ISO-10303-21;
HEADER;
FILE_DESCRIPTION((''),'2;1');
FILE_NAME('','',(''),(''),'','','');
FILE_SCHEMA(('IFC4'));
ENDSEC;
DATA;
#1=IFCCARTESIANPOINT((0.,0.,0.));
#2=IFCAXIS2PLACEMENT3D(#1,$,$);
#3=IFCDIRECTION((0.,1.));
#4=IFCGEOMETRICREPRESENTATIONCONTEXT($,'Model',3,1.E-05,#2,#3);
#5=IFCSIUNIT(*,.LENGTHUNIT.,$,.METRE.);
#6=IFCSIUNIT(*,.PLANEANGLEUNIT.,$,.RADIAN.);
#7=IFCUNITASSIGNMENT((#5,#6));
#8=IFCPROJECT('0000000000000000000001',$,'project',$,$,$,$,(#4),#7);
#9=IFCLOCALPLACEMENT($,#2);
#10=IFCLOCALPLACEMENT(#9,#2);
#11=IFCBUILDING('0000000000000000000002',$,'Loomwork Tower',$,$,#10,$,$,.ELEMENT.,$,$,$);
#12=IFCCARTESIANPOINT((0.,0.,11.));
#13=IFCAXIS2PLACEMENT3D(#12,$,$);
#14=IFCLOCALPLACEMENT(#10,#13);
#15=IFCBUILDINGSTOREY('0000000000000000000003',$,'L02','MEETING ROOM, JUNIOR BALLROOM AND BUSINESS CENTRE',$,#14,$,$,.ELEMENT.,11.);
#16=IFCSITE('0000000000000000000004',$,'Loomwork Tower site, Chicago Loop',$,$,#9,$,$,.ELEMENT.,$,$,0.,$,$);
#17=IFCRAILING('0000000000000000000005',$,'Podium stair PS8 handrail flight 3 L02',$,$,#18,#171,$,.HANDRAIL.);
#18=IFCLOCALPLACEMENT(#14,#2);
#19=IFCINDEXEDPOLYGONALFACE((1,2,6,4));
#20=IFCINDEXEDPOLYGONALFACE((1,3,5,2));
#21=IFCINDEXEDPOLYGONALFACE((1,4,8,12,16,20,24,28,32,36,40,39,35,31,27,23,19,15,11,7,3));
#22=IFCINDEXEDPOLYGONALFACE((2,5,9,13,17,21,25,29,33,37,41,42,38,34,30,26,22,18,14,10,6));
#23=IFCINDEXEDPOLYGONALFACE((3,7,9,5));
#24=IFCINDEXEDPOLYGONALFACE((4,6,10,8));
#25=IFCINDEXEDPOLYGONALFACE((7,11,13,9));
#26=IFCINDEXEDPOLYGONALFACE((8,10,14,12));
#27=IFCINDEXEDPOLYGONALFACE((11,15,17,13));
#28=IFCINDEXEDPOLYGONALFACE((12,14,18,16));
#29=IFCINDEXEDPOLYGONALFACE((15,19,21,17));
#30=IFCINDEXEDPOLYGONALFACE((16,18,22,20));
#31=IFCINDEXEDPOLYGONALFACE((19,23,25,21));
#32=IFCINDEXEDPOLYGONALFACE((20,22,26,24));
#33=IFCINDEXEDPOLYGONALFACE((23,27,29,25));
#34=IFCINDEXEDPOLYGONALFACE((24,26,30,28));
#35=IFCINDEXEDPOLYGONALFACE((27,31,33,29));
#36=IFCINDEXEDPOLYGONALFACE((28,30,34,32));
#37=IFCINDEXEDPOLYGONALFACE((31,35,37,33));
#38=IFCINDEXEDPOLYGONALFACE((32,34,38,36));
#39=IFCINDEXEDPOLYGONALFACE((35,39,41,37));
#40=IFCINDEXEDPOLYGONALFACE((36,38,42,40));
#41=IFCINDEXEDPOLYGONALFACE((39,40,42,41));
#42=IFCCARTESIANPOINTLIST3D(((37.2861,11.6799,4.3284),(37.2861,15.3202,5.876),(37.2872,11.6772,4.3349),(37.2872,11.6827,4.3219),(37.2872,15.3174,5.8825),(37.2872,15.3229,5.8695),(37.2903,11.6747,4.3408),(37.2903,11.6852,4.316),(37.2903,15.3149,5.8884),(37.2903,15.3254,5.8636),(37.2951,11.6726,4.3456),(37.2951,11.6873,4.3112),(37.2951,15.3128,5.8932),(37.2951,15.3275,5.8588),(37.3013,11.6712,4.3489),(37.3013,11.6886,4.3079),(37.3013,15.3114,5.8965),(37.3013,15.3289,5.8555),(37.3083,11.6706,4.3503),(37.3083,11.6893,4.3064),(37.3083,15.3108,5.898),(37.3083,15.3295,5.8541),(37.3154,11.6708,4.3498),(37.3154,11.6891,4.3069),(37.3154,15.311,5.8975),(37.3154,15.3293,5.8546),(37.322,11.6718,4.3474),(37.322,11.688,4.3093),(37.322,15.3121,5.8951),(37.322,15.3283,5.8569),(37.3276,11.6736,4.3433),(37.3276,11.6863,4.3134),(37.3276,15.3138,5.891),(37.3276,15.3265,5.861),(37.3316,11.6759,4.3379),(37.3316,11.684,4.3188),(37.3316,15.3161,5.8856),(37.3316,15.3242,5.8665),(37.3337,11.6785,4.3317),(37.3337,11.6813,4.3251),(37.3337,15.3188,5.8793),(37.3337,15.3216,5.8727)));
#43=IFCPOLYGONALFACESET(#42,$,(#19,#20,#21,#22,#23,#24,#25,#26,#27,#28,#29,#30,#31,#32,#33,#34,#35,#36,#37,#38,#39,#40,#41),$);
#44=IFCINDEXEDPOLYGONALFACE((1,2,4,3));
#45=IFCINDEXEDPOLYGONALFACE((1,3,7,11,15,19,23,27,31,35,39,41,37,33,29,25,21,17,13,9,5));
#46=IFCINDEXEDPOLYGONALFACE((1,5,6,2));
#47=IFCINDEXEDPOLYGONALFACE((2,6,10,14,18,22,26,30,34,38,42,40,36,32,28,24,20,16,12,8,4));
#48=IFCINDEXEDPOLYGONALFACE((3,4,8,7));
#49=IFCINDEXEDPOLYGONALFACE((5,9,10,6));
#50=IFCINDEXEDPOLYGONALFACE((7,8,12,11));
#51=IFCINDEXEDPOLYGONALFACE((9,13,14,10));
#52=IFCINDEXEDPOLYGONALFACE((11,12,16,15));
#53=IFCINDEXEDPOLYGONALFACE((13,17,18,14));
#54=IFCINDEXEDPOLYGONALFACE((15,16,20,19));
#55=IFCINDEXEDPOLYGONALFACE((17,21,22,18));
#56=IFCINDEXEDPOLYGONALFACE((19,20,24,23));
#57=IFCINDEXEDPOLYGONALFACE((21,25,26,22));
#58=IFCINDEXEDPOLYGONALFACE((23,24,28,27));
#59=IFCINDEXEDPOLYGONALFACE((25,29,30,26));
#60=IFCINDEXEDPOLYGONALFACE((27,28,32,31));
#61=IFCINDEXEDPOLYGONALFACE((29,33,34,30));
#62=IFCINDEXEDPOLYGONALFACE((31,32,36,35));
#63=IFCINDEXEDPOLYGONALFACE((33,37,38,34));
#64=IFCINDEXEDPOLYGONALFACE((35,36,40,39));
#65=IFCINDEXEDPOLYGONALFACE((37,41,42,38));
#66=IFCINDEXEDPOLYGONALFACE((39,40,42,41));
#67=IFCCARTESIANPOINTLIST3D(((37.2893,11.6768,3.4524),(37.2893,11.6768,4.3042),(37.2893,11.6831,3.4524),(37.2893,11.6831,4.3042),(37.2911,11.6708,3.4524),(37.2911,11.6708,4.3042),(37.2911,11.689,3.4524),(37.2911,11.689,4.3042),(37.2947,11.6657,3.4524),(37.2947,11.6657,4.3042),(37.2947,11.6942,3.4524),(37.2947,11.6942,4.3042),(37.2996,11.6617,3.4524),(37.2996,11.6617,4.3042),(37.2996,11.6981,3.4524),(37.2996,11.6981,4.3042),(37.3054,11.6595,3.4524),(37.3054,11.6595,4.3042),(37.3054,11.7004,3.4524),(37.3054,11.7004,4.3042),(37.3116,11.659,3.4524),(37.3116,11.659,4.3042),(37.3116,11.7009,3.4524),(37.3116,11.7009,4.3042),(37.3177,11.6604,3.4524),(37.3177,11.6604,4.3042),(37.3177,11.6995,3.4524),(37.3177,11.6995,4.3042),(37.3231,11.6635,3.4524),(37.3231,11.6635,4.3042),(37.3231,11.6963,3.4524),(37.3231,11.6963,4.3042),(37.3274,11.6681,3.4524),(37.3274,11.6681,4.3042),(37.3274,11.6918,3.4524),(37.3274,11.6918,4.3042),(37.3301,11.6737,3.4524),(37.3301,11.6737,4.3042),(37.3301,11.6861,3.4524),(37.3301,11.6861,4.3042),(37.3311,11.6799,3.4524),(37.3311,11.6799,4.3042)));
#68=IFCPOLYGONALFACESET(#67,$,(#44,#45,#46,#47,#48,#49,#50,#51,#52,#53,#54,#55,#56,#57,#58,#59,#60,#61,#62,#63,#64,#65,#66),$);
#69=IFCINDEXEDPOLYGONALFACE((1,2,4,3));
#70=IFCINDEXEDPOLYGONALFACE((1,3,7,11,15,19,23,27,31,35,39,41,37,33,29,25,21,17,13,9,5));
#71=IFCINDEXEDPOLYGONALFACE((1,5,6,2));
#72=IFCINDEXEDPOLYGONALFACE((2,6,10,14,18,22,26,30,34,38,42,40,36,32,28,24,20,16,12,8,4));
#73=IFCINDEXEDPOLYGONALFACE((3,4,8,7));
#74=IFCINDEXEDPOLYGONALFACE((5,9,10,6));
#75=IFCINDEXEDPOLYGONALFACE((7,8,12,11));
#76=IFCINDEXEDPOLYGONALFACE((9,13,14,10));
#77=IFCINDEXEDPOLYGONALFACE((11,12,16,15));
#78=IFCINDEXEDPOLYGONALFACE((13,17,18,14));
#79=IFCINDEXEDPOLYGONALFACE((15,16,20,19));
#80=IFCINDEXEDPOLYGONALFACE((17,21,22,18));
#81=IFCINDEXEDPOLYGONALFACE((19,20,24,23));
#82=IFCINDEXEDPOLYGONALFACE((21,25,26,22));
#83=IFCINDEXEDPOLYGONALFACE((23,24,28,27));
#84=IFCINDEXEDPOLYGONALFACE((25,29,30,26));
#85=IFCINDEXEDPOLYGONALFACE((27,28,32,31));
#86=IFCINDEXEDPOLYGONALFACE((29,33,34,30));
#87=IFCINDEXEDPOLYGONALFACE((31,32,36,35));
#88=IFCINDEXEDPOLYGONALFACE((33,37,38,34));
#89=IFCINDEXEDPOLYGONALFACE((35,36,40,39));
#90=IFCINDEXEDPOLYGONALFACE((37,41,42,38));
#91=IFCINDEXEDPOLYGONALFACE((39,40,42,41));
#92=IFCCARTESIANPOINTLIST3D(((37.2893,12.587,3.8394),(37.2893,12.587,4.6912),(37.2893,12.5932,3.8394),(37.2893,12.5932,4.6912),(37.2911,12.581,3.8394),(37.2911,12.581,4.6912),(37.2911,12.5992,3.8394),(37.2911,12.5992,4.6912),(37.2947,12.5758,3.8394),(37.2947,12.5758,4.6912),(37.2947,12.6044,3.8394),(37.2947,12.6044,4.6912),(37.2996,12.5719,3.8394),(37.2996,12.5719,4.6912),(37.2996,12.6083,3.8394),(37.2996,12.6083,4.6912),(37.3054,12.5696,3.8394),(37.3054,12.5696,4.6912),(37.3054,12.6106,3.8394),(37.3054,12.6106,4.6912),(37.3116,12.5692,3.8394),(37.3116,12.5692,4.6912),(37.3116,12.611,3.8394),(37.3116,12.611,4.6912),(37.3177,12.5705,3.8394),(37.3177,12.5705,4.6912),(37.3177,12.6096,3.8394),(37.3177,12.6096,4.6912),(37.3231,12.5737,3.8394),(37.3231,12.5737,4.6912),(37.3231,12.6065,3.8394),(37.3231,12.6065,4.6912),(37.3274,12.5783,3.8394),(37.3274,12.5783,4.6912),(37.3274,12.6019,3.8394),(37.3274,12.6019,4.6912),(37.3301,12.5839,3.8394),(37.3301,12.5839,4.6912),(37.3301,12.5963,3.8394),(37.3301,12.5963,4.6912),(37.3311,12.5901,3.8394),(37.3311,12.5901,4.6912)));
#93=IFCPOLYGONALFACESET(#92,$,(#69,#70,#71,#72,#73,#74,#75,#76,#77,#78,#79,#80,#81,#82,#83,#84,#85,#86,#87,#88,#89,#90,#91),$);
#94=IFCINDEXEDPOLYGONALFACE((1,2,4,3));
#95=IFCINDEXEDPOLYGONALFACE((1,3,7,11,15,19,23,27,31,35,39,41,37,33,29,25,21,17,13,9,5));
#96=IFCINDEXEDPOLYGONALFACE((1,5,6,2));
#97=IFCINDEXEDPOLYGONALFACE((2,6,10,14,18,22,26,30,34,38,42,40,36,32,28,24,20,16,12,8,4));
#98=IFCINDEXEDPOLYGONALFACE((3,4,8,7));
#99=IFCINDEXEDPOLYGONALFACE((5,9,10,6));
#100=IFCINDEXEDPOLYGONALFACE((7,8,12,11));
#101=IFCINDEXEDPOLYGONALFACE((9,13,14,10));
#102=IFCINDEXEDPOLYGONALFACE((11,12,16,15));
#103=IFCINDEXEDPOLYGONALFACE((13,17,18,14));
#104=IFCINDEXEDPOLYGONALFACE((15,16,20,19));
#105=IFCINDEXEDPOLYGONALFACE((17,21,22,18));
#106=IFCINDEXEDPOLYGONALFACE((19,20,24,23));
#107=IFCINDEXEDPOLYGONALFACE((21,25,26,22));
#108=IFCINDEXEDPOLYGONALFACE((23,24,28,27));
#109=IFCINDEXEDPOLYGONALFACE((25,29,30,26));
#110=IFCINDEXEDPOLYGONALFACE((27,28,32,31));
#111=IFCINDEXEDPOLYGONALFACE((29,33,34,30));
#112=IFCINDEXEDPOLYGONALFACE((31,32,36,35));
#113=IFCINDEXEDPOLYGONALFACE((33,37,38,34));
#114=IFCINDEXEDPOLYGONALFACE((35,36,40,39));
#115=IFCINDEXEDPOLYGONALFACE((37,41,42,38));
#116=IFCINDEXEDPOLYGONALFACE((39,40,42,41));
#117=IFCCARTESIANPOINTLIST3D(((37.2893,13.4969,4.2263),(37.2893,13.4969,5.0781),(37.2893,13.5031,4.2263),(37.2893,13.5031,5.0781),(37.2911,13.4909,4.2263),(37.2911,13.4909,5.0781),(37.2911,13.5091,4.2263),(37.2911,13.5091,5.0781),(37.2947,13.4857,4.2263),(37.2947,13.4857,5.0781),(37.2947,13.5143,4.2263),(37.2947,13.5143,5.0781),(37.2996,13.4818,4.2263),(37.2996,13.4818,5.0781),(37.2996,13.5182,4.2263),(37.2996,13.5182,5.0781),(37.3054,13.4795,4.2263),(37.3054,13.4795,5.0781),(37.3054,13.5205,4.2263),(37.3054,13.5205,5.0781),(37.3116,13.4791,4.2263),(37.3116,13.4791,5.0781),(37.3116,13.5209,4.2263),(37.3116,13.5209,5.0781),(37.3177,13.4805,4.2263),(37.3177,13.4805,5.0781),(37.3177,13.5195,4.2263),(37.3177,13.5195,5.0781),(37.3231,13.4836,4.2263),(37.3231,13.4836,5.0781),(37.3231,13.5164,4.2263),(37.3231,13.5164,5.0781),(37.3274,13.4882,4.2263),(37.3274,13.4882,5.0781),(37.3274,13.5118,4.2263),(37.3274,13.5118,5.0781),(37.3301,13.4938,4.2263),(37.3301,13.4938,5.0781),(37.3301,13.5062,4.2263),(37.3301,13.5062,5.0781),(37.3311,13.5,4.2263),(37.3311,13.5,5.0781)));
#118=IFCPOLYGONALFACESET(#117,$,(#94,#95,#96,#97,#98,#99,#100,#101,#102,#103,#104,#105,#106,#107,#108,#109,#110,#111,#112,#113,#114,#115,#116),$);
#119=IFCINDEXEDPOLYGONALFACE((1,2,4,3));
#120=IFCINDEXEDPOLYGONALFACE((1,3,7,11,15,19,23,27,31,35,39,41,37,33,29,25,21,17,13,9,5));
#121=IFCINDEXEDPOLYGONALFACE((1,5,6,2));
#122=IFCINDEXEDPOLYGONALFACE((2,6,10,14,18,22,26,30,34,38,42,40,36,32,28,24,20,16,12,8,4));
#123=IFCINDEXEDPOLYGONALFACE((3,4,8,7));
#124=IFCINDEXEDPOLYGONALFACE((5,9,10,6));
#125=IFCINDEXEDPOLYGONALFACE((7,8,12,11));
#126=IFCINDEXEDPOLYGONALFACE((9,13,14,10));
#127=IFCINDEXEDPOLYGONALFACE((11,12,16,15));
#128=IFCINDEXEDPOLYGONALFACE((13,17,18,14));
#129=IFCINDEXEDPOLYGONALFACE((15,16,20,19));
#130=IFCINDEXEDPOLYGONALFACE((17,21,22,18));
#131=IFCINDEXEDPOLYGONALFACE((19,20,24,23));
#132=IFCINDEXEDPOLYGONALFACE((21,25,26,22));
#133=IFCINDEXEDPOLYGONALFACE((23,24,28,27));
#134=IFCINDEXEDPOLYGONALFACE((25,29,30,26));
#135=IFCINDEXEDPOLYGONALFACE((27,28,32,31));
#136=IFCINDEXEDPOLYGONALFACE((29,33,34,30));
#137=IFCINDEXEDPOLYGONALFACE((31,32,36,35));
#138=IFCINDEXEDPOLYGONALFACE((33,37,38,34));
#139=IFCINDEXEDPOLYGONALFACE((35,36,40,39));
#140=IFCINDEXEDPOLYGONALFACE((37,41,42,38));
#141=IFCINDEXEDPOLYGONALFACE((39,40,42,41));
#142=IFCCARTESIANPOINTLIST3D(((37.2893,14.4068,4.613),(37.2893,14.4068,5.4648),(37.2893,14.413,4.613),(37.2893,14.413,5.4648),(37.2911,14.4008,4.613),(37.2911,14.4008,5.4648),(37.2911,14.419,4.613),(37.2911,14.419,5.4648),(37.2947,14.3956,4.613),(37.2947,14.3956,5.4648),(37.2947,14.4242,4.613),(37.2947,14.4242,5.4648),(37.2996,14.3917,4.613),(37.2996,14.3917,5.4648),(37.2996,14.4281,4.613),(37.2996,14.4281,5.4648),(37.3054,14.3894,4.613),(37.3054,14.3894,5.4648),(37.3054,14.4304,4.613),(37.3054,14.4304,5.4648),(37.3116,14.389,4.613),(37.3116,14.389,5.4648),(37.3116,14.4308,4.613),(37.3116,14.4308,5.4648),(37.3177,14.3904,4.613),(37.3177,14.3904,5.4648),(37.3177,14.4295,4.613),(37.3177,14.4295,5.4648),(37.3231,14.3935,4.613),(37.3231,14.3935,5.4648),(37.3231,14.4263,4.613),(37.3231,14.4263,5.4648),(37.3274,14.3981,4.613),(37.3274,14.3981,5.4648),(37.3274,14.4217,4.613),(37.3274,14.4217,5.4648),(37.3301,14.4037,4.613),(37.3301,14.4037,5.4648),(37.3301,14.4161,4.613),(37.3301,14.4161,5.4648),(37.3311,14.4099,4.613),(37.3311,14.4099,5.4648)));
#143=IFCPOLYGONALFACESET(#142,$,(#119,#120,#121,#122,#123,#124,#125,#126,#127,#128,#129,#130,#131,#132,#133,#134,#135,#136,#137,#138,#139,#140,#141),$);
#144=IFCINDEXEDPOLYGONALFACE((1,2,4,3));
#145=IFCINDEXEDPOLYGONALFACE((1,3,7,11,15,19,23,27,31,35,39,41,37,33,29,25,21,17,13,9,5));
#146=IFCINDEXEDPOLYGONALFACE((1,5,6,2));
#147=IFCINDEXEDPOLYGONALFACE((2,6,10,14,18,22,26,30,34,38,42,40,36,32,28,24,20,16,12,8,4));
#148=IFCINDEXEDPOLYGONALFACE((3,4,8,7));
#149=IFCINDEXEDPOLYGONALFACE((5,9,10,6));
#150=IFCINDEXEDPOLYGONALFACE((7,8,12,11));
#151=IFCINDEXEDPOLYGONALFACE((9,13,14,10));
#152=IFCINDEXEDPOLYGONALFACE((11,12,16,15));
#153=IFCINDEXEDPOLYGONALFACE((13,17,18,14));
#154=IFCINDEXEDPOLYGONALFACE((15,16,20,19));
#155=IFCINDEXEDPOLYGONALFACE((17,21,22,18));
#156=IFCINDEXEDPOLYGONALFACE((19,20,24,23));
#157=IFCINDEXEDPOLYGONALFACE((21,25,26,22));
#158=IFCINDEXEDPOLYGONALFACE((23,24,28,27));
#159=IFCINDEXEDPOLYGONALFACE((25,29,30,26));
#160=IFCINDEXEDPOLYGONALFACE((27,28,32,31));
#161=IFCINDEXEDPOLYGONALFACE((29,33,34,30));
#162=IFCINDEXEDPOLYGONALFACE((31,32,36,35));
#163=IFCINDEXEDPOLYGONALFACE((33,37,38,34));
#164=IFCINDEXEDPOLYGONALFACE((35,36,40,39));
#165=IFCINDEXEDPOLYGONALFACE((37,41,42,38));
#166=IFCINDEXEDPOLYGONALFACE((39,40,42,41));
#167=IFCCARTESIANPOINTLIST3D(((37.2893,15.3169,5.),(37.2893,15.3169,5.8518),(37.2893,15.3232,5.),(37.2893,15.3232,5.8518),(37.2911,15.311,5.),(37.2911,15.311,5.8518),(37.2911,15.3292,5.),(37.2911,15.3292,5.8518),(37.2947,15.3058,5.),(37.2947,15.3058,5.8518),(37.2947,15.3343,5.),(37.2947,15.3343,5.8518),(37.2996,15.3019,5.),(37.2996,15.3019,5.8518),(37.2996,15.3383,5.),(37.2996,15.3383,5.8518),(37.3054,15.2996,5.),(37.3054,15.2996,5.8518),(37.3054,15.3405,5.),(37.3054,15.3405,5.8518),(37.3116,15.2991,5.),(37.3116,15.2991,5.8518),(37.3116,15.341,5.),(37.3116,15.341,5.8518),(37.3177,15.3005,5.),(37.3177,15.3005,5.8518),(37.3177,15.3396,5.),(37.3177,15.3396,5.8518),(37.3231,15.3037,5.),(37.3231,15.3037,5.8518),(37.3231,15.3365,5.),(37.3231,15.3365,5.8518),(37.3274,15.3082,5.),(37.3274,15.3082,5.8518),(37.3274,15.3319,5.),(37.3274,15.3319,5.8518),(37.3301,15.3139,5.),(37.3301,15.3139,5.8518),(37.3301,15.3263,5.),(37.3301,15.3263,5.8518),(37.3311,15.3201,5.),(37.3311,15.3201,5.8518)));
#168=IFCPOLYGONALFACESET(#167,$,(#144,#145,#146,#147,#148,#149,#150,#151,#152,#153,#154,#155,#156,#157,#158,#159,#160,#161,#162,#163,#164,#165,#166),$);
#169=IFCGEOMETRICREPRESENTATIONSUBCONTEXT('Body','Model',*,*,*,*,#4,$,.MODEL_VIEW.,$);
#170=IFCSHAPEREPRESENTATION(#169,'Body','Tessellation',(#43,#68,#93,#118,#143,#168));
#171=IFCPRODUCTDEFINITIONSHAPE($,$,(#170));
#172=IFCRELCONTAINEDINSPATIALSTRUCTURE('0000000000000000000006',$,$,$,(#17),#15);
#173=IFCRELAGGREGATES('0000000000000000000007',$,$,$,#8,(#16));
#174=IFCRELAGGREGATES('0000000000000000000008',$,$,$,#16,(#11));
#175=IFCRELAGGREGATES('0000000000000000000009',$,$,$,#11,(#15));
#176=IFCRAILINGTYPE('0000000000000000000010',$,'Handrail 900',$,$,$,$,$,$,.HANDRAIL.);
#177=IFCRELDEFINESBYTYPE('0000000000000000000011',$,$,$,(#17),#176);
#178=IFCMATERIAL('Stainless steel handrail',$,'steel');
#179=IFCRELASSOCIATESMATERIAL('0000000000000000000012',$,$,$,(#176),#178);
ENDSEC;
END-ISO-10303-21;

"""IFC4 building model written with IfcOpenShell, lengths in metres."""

from ifc_helpers import new_model, si_unit, direction, frame, origin, origin_2d, place, context, subcontext, project, spatial, circle, extrude, material, type_object, element, save


model = new_model("IFC4")

# Units and contexts
model_context = context("Model", 3, precision=1e-05, world=origin(), true_north=direction((0.0, 1.0)))
body_context = subcontext(model_context, "Body", "Model", "MODEL_VIEW")
ifc_project = project(units=[si_unit("LENGTHUNIT", "METRE"), si_unit("PLANEANGLEUNIT", "RADIAN")], contexts=[model_context])

# Site, building, storey
site_placement = place(None, origin())
site = spatial("IfcSite", under=ifc_project, at=site_placement, Name="Loomwork Tower site, Chicago Loop", CompositionType="ELEMENT", RefElevation=0.0)
building_placement = place(site_placement, origin())
building = spatial("IfcBuilding", under=site, at=building_placement, Name="Loomwork Tower", CompositionType="ELEMENT")
storey_placement = place(building_placement, frame((0.0, 0.0, 11.0)))
storey = spatial("IfcBuildingStorey", under=building, at=storey_placement, Name="L02", Description="MEETING ROOM, JUNIOR BALLROOM AND BUSINESS CENTRE", CompositionType="ELEMENT", Elevation=11.0)

# Railing
ifc_material_1 = material(Name="Stainless steel handrail", Category="steel")
railing_type = type_object("IfcRailingType", Name="Handrail 900", PredefinedType="HANDRAIL", material=ifc_material_1)
railing_1_placement = place(storey_placement, frame((37.3101, 11.6799, 3.4524)))
element("IfcRailing", 1, at=railing_1_placement, inside=storey, type_object=railing_type, Name="Podium stair PS8 handrail flight 3 L02", PredefinedType="HANDRAIL", context=body_context, shape_type="SweptSolid", body=[
    extrude(circle(Radius=0.0239, at=origin_2d()), frame((0.0, 0.0, 0.876), z_axis=(0.0, 0.920281, 0.391258), x_axis=(-1.0, 0.0, 0.0)), (0.0, 0.0, 1.0), 3.9556),
    extrude(circle(Radius=0.021, at=origin_2d()), origin(), (0.0, 0.0, 1.0), 0.8518),
    extrude(circle(Radius=0.021, at=origin_2d()), frame((0.0, 0.9102, 0.387)), (0.0, 0.0, 1.0), 0.8518),
    extrude(circle(Radius=0.021, at=origin_2d()), frame((0.0, 1.8201, 0.7739)), (0.0, 0.0, 1.0), 0.8518),
    extrude(circle(Radius=0.021, at=origin_2d()), frame((0.0, 2.73, 1.1606)), (0.0, 0.0, 1.0), 0.8518),
    extrude(circle(Radius=0.021, at=origin_2d()), frame((0.0, 3.6401, 1.5476)), (0.0, 0.0, 1.0), 0.8518),
])

save(model, "model.ifc")
